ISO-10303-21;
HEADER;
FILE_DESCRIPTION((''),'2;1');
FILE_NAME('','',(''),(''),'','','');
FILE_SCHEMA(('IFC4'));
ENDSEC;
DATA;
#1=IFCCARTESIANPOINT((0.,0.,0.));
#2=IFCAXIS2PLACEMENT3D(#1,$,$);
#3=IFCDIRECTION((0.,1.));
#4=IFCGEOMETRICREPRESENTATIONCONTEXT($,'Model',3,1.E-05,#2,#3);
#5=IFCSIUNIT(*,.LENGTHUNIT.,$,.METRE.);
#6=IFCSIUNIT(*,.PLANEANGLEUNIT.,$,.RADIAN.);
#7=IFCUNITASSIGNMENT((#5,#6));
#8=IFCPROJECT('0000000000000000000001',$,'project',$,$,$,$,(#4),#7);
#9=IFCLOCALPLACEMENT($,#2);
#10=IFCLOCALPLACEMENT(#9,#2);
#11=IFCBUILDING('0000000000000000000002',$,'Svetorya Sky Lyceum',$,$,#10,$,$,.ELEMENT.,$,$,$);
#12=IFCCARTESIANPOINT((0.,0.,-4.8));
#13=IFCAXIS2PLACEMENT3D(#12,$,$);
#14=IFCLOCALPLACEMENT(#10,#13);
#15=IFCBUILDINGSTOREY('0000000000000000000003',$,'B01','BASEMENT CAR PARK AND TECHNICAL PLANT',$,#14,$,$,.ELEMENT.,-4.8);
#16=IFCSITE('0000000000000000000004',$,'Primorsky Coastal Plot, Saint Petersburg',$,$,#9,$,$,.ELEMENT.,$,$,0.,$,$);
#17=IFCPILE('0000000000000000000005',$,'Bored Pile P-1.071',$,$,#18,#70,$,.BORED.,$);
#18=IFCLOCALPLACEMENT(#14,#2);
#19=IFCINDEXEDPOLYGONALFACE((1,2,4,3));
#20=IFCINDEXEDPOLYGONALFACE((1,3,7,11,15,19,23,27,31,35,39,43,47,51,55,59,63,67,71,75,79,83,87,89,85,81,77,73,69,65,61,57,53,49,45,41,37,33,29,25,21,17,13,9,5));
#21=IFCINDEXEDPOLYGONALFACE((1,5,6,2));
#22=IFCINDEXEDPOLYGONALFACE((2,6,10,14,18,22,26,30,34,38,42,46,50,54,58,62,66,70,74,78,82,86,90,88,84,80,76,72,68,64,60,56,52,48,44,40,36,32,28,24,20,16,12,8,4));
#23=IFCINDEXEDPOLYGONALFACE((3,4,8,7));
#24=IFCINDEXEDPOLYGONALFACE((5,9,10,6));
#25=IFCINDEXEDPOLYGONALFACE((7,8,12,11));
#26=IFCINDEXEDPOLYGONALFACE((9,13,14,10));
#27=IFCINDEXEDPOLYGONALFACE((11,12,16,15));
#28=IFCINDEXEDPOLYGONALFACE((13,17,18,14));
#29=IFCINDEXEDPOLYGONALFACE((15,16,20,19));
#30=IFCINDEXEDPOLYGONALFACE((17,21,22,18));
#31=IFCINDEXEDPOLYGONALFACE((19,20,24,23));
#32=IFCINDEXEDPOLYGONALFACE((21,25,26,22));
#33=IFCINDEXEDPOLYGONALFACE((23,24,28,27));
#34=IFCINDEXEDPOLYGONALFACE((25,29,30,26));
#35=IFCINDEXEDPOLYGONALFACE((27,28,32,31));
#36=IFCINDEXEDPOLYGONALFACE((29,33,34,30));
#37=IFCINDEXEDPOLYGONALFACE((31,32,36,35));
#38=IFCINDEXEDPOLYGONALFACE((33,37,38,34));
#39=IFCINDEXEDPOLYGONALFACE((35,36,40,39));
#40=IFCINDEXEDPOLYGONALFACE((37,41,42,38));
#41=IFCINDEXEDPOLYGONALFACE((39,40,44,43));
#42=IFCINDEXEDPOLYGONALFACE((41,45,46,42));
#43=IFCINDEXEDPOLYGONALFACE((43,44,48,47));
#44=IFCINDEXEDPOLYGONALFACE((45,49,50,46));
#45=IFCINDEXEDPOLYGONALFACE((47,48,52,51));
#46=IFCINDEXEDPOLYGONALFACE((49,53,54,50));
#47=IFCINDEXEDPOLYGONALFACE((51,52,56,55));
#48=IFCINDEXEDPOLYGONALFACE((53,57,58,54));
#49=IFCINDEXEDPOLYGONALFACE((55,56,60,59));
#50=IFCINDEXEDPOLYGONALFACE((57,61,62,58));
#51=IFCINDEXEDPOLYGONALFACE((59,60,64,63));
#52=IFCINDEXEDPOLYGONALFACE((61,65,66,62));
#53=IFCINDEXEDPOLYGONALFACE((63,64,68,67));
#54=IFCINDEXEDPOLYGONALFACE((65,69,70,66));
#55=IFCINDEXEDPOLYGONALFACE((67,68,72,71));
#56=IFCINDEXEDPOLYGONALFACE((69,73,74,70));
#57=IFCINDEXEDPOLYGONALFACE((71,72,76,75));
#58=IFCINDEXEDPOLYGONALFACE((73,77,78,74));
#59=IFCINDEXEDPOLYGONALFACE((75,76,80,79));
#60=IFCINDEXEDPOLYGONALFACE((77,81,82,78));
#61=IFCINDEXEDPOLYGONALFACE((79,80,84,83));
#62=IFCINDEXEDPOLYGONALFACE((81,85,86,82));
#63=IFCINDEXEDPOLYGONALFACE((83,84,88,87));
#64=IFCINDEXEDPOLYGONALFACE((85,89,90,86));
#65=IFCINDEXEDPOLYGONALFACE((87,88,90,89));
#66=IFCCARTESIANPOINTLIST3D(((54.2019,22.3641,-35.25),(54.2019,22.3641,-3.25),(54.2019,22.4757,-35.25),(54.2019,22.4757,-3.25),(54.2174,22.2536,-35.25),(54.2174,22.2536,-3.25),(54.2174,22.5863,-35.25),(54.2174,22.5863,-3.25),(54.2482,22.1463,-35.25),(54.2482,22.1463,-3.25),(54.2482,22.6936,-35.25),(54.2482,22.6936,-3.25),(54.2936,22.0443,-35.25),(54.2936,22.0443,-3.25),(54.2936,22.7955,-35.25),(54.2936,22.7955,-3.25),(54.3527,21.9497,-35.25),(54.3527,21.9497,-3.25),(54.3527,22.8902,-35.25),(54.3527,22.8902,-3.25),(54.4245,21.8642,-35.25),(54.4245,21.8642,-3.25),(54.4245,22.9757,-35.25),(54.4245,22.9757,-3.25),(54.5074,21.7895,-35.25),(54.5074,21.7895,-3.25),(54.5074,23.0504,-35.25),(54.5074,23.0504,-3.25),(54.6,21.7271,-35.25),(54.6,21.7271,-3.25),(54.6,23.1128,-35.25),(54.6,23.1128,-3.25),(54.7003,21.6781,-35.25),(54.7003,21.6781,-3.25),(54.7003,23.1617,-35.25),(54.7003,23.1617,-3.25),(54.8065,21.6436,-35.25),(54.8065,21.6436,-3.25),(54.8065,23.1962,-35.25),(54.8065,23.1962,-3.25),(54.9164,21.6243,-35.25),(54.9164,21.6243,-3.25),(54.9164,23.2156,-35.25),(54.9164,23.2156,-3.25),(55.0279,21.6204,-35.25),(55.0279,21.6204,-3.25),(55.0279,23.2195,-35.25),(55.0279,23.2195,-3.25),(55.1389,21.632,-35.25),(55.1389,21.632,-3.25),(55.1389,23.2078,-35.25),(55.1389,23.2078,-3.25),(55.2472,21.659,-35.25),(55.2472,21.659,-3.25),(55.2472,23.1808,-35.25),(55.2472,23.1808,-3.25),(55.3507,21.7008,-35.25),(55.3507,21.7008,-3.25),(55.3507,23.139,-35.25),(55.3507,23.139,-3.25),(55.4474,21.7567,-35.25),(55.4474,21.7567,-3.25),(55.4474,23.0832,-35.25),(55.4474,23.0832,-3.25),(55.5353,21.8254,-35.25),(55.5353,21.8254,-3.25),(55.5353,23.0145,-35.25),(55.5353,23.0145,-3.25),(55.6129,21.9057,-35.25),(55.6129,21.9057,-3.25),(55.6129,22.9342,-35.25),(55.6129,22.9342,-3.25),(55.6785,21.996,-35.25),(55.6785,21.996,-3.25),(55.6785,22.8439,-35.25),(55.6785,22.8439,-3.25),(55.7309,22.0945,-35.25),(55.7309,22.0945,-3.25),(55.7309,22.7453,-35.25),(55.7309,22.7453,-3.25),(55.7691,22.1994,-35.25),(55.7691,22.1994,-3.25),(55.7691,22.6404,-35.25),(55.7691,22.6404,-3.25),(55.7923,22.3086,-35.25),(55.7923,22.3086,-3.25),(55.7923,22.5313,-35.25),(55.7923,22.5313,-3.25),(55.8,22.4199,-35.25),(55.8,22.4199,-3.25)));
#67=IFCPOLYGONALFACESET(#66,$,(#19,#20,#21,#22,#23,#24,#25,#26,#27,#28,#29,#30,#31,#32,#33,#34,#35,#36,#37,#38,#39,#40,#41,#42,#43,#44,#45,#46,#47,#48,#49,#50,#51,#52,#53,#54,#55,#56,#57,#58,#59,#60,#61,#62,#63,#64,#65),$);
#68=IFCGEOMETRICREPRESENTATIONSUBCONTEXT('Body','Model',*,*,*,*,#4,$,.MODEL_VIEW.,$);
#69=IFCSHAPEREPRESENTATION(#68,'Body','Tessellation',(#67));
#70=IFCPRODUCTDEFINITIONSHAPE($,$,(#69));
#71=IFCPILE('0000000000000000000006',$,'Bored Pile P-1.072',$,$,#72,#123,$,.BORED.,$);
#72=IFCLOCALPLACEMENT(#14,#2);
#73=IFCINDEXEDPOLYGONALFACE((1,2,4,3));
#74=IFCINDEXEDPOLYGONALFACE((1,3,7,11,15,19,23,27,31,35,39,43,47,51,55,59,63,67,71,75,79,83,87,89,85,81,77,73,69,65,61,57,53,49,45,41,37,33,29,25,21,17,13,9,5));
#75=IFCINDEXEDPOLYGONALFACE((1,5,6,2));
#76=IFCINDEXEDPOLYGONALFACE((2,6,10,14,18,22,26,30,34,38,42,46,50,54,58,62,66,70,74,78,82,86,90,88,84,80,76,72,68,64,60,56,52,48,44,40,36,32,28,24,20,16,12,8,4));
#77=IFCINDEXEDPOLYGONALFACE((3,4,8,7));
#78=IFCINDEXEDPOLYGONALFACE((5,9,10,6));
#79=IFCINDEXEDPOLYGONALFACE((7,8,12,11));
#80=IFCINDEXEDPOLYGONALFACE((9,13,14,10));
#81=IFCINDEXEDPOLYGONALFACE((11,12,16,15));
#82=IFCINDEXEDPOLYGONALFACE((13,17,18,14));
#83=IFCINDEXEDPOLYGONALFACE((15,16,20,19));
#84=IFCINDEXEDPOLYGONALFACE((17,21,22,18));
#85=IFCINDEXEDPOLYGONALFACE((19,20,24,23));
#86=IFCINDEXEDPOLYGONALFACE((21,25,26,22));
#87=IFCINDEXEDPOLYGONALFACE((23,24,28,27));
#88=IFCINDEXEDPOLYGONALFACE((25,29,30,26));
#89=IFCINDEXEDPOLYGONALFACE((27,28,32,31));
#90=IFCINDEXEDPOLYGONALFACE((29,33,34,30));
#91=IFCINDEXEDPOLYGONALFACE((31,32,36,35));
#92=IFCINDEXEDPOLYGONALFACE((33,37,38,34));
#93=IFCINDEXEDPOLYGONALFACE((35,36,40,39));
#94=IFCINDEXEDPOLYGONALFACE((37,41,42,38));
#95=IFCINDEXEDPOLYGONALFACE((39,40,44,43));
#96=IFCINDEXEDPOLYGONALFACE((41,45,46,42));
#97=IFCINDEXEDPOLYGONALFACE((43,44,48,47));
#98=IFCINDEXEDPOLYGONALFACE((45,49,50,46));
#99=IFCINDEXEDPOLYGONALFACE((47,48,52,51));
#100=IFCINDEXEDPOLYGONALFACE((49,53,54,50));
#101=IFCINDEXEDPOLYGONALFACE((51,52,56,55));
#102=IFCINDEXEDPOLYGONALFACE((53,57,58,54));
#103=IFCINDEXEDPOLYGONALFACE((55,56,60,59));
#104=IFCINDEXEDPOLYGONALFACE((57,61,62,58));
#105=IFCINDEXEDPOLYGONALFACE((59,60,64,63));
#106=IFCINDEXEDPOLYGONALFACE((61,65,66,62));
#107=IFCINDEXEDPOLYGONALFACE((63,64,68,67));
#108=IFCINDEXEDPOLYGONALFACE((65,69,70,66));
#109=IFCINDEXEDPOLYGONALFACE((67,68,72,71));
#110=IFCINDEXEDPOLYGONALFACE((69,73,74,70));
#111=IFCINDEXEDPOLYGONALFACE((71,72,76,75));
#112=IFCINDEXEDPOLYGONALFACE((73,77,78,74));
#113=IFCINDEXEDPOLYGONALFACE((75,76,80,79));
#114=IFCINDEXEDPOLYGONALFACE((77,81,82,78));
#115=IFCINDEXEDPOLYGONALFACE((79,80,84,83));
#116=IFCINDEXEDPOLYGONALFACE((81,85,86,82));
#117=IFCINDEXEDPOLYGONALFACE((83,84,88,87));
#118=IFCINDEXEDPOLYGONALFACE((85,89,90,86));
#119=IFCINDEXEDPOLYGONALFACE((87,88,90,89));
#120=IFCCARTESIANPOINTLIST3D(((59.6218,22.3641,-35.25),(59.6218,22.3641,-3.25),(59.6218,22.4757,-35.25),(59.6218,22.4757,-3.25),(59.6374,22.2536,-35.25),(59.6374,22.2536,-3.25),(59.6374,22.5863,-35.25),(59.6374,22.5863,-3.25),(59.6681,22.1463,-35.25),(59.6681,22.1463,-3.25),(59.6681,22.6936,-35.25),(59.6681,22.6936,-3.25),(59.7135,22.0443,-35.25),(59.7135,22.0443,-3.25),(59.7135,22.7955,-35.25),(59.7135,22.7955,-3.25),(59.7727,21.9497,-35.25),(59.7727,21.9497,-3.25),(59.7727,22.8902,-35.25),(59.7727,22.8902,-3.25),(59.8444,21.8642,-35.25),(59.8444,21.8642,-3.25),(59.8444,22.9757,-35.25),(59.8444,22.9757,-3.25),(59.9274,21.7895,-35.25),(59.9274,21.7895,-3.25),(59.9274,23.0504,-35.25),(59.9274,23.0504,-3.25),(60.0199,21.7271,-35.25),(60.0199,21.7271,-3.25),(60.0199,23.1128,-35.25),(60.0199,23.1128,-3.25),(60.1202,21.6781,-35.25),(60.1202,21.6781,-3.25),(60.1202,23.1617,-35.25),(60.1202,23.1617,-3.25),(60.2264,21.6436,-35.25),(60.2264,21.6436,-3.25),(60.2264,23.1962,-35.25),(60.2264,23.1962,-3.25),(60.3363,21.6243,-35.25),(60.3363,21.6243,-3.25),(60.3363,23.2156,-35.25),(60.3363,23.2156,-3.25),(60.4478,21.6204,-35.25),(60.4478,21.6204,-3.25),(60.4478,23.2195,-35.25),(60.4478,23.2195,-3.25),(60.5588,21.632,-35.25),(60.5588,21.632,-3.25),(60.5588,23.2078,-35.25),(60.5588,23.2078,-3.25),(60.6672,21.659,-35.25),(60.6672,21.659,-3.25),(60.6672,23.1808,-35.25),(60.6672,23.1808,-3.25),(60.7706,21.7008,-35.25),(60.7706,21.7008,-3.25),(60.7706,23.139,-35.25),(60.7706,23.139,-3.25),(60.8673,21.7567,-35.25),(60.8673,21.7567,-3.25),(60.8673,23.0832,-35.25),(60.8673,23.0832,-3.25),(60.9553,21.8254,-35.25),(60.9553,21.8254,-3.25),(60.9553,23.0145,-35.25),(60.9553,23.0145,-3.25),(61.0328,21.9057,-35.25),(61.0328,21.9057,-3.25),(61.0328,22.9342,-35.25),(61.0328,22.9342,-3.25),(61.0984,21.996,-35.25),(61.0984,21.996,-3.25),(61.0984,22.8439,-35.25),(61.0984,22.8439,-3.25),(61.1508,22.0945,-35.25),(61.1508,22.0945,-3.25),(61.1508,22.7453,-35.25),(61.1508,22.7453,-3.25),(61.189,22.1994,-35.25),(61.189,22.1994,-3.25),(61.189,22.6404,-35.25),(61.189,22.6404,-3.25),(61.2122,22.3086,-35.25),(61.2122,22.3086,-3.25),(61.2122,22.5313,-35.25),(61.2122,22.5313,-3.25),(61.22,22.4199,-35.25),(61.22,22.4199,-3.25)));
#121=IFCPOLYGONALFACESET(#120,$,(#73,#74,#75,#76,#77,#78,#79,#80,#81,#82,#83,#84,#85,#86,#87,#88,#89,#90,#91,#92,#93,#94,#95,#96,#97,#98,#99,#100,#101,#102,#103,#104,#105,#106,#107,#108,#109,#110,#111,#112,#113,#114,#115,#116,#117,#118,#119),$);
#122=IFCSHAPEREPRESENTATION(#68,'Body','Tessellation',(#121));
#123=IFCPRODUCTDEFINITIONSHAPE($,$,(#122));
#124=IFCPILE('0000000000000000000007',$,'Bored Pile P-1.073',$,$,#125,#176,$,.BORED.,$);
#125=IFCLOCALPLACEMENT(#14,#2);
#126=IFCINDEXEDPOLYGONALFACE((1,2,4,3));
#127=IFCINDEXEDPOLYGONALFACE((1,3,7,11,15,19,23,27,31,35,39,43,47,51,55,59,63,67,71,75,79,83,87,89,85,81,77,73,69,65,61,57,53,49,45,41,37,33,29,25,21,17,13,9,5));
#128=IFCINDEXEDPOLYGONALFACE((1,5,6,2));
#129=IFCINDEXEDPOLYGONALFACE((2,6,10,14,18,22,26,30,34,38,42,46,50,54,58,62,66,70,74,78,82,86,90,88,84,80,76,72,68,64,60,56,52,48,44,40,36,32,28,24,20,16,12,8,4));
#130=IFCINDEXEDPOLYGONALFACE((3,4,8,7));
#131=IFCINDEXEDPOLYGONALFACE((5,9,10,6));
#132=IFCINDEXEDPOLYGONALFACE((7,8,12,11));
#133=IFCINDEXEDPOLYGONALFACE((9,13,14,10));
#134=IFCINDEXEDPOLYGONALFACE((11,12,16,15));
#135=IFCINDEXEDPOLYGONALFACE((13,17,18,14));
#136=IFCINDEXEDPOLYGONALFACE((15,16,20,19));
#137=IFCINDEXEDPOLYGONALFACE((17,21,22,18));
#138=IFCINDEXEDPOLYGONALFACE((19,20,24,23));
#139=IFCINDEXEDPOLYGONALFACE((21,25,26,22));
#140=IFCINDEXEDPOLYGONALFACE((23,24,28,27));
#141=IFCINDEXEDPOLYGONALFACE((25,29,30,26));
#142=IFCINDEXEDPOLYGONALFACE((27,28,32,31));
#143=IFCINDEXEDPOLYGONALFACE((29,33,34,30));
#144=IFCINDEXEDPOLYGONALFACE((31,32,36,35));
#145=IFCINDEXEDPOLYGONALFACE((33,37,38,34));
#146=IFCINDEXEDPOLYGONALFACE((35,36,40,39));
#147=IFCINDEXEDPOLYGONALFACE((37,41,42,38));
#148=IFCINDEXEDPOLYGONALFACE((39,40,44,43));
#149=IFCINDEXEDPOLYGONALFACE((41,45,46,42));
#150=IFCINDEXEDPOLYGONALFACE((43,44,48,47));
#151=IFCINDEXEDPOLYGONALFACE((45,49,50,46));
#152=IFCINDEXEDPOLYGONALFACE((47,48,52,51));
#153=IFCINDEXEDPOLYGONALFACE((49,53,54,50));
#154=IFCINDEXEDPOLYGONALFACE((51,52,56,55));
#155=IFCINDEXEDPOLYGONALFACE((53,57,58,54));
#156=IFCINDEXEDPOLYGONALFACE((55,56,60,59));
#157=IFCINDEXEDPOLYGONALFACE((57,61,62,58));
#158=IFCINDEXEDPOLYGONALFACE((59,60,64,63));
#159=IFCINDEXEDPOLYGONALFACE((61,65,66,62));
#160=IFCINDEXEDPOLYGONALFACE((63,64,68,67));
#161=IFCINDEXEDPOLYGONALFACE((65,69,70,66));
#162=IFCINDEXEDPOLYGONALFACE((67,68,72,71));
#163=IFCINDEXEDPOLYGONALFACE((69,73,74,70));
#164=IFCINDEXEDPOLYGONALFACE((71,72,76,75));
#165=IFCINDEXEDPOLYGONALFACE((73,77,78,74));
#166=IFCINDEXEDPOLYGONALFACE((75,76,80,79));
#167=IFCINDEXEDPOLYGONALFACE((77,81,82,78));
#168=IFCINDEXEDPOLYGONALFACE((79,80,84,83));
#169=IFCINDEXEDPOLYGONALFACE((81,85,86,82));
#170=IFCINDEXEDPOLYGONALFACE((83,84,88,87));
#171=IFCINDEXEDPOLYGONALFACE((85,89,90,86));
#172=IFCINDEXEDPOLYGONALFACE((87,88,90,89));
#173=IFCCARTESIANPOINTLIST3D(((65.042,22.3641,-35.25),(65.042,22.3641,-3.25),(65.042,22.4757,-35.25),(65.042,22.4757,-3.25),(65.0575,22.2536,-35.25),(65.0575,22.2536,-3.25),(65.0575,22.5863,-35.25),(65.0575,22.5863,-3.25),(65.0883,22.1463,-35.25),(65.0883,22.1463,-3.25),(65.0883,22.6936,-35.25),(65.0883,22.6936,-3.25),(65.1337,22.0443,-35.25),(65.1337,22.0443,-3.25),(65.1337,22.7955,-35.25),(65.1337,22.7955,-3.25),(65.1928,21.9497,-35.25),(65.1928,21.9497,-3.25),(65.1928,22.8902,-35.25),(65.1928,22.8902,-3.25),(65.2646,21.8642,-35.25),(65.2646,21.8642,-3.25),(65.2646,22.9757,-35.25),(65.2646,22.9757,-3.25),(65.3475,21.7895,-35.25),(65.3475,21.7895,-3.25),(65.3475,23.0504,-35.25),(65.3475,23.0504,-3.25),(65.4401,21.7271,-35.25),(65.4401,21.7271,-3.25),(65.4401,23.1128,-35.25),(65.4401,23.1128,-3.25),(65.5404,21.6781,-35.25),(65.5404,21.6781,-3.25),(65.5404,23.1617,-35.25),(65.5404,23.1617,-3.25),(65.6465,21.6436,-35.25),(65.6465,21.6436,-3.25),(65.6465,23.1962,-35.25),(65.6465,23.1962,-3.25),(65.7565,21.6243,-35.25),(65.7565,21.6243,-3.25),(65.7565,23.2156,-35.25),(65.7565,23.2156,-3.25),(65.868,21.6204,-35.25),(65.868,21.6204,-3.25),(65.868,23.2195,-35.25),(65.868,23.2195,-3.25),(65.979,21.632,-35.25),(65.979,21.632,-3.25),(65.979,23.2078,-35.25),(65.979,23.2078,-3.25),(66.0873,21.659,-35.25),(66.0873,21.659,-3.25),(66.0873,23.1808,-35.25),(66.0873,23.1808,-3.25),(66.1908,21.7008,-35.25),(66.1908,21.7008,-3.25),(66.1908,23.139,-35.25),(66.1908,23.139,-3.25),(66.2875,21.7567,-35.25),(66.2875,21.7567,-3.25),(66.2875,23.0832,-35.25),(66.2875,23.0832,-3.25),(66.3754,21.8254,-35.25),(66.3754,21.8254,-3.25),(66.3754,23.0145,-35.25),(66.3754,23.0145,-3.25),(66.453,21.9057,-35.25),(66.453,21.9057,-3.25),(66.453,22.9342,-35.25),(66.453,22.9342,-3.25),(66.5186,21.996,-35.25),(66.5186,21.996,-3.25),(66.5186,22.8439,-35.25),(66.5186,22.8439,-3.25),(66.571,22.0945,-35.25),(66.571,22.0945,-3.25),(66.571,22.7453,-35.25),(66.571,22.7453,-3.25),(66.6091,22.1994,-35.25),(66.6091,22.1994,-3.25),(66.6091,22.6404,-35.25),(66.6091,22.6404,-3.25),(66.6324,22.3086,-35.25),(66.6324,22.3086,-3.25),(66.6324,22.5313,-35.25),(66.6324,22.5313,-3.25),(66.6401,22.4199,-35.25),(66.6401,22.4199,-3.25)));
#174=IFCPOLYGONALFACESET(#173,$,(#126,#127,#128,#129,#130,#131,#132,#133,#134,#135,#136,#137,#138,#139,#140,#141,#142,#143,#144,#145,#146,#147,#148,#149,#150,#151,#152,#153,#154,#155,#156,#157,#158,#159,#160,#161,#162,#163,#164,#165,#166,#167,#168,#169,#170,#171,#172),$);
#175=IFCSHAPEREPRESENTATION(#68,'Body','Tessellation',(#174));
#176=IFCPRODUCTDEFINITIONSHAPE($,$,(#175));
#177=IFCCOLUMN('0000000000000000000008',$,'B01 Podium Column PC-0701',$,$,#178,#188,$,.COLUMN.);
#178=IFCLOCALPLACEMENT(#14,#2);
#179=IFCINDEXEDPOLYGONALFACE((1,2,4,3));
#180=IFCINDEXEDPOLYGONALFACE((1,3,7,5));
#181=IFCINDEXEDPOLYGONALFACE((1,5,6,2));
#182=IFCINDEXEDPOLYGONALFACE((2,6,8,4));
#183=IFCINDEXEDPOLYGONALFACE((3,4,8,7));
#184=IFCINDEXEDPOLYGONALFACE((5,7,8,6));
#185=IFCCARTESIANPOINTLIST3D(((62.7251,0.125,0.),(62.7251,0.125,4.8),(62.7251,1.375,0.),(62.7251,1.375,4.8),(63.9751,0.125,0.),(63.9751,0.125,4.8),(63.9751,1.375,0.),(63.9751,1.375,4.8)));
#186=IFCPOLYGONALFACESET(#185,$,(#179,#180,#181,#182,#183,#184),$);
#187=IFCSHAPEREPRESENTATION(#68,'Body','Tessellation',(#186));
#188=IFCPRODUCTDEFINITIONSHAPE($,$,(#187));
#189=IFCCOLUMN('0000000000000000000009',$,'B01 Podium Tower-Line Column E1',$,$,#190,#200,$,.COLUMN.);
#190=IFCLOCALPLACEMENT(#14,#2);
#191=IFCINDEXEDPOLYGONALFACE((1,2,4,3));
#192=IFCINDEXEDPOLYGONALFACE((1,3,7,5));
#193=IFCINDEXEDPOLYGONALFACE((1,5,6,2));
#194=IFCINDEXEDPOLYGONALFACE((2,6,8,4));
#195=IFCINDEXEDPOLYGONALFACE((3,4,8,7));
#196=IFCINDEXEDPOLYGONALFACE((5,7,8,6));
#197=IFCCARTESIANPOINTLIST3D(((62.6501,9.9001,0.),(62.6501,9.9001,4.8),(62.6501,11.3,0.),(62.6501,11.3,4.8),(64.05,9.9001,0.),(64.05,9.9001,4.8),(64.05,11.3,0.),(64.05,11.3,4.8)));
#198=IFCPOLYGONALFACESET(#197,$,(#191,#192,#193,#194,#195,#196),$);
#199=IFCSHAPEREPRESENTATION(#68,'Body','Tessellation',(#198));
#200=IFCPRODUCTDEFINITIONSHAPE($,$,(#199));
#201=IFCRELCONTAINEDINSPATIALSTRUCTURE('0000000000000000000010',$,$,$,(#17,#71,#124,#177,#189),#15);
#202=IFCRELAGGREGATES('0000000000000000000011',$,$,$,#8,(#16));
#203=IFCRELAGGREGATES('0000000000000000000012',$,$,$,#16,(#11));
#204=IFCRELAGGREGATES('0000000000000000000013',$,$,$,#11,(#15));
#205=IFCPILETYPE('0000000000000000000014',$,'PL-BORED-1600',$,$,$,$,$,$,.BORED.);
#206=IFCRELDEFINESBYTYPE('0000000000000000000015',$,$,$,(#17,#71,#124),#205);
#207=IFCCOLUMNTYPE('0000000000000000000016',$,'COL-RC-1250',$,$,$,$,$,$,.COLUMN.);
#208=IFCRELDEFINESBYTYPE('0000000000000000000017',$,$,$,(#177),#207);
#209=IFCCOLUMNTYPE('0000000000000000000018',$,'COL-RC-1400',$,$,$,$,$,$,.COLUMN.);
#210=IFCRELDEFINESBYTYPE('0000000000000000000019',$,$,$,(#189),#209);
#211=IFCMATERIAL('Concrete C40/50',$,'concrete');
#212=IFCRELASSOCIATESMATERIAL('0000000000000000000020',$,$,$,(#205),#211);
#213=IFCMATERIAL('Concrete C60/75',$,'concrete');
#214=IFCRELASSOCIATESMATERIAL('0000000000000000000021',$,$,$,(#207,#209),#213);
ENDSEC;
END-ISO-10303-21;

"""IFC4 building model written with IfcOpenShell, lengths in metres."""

from ifc_helpers import new_model, si_unit, direction, frame, origin, origin_2d, place, context, subcontext, project, spatial, rectangle, circle, extrude, material, material_profile, profile_set, type_object, element, save


model = new_model("IFC4")

# Units and contexts
model_context = context("Model", 3, precision=1e-05, world=origin(), true_north=direction((0.0, 1.0)))
body_context = subcontext(model_context, "Body", "Model", "MODEL_VIEW")
ifc_project = project(units=[si_unit("LENGTHUNIT", "METRE"), si_unit("PLANEANGLEUNIT", "RADIAN")], contexts=[model_context])

# Site, building, storey
site_placement = place(None, origin())
site = spatial("IfcSite", under=ifc_project, at=site_placement, Name="Primorsky Coastal Plot, Saint Petersburg", CompositionType="ELEMENT", RefElevation=0.0)
building_placement = place(site_placement, origin())
building = spatial("IfcBuilding", under=site, at=building_placement, Name="Svetorya Sky Lyceum", CompositionType="ELEMENT")
storey_placement = place(building_placement, frame((0.0, 0.0, -4.8)))
storey = spatial("IfcBuildingStorey", under=building, at=storey_placement, Name="B01", Description="BASEMENT CAR PARK AND TECHNICAL PLANT", CompositionType="ELEMENT", Elevation=-4.8)

# Piles
ifc_material_1 = material(Name="Concrete C40/50", Category="concrete")
ifc_material_profile_1 = material_profile(ifc_material_1, circle(Radius=0.8, at=origin_2d()), Name="RC PILE D1600")
ifc_profile_set_1 = profile_set([ifc_material_profile_1], Name="Concrete C40/50")
pile_type = type_object("IfcPileType", Name="PL-BORED-1600", PredefinedType="BORED", material=ifc_profile_set_1)
for number, where, z_axis, x_axis, name in (
    (1, (55.0, 22.4199, -3.25), (0.0, 0.0, -1.0), (1.0, 0.0, 0.0), "Bored Pile P-1.071"),
    (2, (60.4199, 22.4199, -3.25), (0.0, 0.0, -1.0), (1.0, 0.0, 0.0), "Bored Pile P-1.072"),
    (3, (65.8401, 22.4199, -3.25), (0.0, 0.0, -1.0), (1.0, 0.0, 0.0), "Bored Pile P-1.073"),
):
    element("IfcPile", number, at=place(storey_placement, frame(where, z_axis=z_axis, x_axis=x_axis)), inside=storey, type_object=pile_type, Name=name, PredefinedType="BORED", context=body_context, shape_type="SweptSolid", body=[
        extrude(circle(Radius=0.8, at=origin_2d()), origin(), (0.0, 0.0, 1.0), 32.0),
    ])

# Columns
ifc_material_2 = material(Name="Concrete C60/75", Category="concrete")
ifc_material_profile_2 = material_profile(ifc_material_2, rectangle(XDim=1.25, YDim=1.25, at=origin_2d()), Name="RC COL 1250x1250")
ifc_profile_set_2 = profile_set([ifc_material_profile_2], Name="Concrete C60/75")
column_type_1 = type_object("IfcColumnType", Name="COL-RC-1250", PredefinedType="COLUMN", material=ifc_profile_set_2)
column_placement = place(storey_placement, frame((63.3501, 0.75, 0.0), z_axis=(0.0, 0.0, 1.0), x_axis=(1.0, 0.0, 0.0)))
element("IfcColumn", 4, at=column_placement, inside=storey, type_object=column_type_1, Name="B01 Podium Column PC-0701", PredefinedType="COLUMN", context=body_context, shape_type="SweptSolid", body=[
    extrude(rectangle(XDim=1.25, YDim=1.25, at=origin_2d()), origin(), (0.0, 0.0, 1.0), 4.8),
])
ifc_material_profile_3 = material_profile(ifc_material_2, rectangle(XDim=1.3999, YDim=1.3999, at=origin_2d()), Name="RC COL 1400x1400")
ifc_profile_set_3 = profile_set([ifc_material_profile_3], Name="Concrete C60/75")
column_type_2 = type_object("IfcColumnType", Name="COL-RC-1400", PredefinedType="COLUMN", material=ifc_profile_set_3)
for number, where, z_axis, x_axis, name in (
    (5, (63.3501, 10.6001, 0.0), (0.0, 0.0, 1.0), (1.0, 0.0, 0.0), "B01 Podium Tower-Line Column E1"),
):
    element("IfcColumn", number, at=place(storey_placement, frame(where, z_axis=z_axis, x_axis=x_axis)), inside=storey, type_object=column_type_2, Name=name, PredefinedType="COLUMN", context=body_context, shape_type="SweptSolid", body=[
        extrude(rectangle(XDim=1.3999, YDim=1.3999, at=origin_2d()), origin(), (0.0, 0.0, 1.0), 4.8),
    ])

save(model, "model.ifc")
